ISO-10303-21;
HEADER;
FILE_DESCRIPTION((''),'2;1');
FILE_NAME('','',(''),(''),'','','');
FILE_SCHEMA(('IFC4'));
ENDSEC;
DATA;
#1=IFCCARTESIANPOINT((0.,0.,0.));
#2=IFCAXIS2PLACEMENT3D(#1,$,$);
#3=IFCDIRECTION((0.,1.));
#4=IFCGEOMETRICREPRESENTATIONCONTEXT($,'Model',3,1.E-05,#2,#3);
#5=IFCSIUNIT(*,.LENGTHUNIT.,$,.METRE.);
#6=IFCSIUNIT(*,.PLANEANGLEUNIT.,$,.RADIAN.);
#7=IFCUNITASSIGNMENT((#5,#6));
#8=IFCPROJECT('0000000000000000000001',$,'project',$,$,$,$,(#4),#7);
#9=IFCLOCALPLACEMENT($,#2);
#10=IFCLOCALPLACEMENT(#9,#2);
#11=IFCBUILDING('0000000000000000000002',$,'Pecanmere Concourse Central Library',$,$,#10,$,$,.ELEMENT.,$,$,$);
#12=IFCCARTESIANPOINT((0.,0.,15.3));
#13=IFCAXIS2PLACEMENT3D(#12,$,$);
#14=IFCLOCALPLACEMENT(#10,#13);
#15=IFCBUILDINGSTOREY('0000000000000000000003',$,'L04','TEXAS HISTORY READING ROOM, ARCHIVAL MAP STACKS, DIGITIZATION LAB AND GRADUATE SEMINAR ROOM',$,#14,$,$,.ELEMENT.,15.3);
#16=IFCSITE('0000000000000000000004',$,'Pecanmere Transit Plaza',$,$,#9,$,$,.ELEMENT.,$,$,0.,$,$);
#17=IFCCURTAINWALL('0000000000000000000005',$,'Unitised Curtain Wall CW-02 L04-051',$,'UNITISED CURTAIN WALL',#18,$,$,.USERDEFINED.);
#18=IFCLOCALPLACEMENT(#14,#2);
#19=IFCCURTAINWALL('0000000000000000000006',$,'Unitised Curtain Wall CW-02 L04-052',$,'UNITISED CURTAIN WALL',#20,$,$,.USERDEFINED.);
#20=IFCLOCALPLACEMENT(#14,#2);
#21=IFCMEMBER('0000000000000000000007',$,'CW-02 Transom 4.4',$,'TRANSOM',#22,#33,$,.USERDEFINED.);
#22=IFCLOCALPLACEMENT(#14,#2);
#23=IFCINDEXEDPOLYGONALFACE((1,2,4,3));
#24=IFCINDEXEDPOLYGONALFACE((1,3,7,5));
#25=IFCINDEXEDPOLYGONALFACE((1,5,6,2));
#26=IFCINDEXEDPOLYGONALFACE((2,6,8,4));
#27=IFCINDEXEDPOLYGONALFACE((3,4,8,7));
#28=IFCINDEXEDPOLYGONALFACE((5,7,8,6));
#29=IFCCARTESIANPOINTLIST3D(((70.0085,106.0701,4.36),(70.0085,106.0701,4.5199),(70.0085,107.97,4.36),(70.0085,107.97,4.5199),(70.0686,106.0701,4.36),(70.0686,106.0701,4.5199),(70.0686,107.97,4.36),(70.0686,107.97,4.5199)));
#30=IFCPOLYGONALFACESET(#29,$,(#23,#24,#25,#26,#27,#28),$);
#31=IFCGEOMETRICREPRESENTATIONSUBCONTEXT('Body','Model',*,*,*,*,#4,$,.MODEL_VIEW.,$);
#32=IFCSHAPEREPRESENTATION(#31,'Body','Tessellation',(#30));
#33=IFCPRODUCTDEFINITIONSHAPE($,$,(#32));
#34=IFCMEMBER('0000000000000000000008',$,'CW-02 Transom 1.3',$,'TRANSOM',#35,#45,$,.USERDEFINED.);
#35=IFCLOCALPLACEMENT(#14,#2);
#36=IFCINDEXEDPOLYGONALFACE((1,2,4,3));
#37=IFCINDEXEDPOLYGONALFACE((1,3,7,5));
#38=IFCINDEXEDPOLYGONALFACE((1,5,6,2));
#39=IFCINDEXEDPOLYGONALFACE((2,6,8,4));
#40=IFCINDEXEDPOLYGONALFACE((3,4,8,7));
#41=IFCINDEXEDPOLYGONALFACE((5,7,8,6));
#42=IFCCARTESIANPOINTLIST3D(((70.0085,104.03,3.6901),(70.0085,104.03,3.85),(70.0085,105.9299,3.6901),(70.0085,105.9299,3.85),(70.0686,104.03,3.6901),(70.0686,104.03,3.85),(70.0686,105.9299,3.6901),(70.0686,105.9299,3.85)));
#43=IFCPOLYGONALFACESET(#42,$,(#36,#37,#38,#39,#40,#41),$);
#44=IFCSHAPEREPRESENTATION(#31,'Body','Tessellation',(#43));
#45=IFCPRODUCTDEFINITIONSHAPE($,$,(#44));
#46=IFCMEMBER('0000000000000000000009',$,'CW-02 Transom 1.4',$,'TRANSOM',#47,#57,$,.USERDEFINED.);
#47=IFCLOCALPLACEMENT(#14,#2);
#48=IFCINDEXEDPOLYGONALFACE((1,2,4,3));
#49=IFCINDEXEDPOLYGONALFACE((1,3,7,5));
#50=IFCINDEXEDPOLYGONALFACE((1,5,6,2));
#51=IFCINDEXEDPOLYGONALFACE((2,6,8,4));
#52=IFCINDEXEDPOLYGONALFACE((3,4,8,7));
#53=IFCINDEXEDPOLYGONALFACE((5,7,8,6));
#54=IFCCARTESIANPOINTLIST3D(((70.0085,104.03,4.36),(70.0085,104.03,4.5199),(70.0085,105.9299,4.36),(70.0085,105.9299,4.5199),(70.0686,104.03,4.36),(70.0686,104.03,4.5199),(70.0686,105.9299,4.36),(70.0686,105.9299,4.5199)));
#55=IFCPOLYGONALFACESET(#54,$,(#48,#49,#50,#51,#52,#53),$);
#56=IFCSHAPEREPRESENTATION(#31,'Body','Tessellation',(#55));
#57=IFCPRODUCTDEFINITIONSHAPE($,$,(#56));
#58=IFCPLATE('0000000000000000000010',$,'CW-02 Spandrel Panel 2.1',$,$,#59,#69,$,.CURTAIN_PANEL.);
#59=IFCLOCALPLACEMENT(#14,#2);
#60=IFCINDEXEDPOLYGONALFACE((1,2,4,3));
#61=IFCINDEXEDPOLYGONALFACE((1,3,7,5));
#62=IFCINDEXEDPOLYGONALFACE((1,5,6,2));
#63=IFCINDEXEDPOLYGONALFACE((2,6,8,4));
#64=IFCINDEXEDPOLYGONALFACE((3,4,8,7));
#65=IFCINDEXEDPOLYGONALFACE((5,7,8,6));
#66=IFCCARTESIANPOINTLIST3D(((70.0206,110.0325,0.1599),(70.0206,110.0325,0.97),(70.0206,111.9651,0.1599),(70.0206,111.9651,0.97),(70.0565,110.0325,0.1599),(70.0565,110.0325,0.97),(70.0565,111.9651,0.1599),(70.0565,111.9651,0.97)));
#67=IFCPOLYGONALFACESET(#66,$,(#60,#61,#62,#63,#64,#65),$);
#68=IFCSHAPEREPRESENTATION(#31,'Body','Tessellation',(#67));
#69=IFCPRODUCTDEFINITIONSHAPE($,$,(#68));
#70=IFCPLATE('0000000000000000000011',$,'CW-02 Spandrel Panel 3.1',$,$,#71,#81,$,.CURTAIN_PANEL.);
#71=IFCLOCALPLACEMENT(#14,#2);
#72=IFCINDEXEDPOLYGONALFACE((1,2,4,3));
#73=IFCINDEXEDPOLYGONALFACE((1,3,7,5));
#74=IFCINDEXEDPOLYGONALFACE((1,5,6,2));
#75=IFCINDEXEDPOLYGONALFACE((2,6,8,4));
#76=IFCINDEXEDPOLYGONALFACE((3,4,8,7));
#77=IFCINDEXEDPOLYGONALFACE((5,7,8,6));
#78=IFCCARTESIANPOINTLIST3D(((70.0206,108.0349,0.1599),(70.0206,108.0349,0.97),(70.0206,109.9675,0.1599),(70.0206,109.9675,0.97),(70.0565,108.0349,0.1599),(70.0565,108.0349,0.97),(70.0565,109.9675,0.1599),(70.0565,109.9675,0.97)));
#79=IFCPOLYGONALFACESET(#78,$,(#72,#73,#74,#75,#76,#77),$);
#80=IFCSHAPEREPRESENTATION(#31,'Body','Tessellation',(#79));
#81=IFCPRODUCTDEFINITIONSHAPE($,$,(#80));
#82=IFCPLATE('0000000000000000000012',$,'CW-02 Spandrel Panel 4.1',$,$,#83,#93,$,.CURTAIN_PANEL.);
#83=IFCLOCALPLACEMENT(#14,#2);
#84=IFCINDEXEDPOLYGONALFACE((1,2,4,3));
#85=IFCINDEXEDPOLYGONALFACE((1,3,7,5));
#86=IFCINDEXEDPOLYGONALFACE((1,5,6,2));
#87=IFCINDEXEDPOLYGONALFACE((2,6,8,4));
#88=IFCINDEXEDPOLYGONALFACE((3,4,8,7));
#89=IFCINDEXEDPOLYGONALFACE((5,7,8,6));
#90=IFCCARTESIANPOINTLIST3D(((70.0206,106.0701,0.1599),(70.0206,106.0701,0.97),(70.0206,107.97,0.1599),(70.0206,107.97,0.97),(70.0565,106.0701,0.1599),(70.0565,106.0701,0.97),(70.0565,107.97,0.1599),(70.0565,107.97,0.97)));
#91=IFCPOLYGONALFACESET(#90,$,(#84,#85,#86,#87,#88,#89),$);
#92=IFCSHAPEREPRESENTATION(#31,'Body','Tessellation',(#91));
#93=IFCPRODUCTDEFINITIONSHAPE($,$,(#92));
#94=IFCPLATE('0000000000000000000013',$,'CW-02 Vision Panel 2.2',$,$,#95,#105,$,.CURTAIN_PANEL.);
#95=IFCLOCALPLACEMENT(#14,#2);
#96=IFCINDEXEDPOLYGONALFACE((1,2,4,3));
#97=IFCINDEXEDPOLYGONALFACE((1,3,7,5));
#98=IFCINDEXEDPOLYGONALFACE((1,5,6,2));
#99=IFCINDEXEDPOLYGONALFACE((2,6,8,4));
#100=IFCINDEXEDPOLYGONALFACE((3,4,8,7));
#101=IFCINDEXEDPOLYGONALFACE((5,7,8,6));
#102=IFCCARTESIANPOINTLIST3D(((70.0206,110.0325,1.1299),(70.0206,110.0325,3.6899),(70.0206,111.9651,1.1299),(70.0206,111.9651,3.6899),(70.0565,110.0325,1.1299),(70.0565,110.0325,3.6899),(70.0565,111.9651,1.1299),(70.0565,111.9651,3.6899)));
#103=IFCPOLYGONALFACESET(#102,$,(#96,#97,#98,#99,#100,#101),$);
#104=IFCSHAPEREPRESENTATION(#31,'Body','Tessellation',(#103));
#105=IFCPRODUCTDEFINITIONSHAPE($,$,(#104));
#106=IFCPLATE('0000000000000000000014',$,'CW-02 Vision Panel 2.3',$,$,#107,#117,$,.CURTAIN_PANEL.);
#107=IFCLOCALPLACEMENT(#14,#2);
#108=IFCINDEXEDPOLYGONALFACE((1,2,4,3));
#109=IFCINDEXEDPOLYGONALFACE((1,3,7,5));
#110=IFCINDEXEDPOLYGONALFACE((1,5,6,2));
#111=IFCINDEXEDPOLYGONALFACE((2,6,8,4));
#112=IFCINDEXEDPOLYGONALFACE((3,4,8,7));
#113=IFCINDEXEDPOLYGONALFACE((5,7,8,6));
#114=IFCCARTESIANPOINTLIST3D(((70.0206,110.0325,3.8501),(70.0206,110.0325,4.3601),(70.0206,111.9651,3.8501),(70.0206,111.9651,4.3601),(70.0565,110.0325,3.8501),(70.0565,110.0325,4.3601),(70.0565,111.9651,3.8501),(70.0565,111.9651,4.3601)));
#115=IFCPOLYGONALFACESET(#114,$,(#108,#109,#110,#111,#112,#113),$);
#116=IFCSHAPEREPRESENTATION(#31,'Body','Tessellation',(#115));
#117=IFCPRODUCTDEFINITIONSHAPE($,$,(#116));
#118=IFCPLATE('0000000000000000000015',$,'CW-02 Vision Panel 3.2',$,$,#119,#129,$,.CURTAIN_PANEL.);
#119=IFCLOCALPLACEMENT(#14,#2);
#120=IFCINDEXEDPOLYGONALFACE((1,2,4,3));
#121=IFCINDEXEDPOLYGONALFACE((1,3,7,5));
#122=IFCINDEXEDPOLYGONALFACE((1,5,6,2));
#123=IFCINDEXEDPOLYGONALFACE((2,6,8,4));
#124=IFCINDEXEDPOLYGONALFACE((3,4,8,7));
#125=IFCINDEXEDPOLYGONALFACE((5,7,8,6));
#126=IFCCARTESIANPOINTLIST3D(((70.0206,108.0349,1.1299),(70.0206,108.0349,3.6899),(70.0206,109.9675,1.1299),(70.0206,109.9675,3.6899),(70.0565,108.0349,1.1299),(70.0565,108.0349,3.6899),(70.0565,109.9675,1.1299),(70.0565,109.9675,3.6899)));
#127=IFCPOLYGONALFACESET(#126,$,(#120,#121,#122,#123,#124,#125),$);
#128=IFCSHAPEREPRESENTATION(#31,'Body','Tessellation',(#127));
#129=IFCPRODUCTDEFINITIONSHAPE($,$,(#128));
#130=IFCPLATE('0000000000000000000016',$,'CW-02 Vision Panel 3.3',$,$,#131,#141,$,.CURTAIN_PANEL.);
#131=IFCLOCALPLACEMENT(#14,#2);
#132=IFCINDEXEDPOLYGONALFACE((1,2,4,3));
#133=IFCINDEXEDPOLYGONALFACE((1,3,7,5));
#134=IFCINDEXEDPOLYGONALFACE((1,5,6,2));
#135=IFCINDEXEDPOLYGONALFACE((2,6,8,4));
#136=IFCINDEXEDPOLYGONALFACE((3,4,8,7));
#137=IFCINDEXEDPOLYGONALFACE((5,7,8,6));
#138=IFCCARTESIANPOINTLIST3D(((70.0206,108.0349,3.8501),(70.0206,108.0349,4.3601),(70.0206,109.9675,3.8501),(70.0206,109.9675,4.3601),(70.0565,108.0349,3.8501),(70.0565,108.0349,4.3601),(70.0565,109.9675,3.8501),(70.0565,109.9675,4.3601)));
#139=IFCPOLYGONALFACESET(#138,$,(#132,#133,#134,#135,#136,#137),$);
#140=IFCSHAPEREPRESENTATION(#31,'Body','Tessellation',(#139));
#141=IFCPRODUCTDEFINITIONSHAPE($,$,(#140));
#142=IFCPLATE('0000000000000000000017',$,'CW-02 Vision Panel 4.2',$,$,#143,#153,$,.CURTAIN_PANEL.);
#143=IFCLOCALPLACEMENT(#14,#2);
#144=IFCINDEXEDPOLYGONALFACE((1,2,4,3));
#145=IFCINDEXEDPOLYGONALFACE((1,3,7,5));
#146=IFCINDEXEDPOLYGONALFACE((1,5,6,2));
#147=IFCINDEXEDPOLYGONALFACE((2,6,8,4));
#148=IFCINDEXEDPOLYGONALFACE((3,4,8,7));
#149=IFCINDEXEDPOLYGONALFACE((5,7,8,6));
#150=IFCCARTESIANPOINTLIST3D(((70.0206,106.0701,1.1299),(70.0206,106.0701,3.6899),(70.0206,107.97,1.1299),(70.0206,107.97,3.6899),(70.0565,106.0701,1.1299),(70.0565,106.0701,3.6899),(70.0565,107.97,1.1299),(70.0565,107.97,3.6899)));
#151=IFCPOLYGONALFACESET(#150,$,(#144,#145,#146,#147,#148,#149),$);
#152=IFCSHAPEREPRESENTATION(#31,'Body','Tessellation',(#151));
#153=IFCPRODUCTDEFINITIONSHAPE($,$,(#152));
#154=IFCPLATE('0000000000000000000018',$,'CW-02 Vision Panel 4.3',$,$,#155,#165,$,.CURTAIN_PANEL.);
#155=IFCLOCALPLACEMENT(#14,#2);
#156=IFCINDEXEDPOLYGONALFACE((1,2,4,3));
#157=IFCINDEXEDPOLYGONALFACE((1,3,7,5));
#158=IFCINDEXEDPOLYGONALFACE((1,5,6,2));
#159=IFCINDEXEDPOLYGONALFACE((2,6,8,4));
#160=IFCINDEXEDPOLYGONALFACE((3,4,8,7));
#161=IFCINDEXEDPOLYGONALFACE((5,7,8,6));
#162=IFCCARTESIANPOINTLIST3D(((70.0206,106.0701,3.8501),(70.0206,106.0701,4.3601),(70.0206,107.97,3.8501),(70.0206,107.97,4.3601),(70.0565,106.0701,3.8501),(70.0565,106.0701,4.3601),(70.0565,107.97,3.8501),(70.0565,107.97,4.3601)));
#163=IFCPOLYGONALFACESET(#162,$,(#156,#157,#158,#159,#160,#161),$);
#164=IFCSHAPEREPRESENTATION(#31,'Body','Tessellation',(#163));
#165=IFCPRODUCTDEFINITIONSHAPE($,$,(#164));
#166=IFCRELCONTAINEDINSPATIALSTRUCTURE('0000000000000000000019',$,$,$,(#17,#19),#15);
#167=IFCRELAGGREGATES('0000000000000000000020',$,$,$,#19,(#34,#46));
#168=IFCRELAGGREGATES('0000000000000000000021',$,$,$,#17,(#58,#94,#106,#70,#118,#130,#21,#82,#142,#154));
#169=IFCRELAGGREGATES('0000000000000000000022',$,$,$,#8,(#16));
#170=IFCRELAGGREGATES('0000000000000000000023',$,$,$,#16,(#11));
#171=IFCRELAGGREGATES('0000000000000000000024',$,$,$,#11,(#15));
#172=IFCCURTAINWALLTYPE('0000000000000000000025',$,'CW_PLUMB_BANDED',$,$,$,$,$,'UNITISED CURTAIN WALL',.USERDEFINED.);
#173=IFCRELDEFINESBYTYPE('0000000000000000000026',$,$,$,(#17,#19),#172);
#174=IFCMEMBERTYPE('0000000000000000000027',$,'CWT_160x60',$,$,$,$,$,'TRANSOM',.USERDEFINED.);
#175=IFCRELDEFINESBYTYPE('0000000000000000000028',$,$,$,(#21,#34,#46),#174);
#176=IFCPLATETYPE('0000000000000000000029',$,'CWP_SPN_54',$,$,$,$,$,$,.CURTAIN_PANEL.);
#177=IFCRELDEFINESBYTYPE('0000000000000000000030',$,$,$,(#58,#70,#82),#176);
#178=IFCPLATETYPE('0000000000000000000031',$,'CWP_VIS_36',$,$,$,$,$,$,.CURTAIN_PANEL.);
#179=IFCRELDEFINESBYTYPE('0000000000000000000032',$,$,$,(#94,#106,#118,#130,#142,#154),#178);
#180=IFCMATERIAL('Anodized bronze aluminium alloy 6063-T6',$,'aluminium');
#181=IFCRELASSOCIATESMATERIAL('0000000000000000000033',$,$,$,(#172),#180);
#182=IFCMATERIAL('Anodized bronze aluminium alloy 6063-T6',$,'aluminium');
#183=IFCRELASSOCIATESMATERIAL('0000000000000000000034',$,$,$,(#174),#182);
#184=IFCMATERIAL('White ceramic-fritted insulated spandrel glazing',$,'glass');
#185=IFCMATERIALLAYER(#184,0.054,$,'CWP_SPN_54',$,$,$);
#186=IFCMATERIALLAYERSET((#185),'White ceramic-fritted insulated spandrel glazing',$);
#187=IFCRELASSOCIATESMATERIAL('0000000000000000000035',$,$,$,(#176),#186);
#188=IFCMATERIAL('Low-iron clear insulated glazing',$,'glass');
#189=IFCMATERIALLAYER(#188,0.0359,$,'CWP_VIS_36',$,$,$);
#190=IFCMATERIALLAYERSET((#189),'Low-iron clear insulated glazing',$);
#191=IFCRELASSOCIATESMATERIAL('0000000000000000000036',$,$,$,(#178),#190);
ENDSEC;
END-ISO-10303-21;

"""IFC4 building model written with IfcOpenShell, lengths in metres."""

from ifc_helpers import new_model, si_unit, direction, frame, origin, origin_2d, place, context, subcontext, project, spatial, rectangle, extrude, material, layer, layer_set, material_profile, profile_set, type_object, element, aggregate, save


model = new_model("IFC4")

# Units and contexts
model_context = context("Model", 3, precision=1e-05, world=origin(), true_north=direction((0.0, 1.0)))
body_context = subcontext(model_context, "Body", "Model", "MODEL_VIEW")
ifc_project = project(units=[si_unit("LENGTHUNIT", "METRE"), si_unit("PLANEANGLEUNIT", "RADIAN")], contexts=[model_context])

# Site, building, storey
site_placement = place(None, origin())
site = spatial("IfcSite", under=ifc_project, at=site_placement, Name="Pecanmere Transit Plaza", CompositionType="ELEMENT", RefElevation=0.0)
building_placement = place(site_placement, origin())
building = spatial("IfcBuilding", under=site, at=building_placement, Name="Pecanmere Concourse Central Library", CompositionType="ELEMENT")
storey_placement = place(building_placement, frame((0.0, 0.0, 15.3)))
storey = spatial("IfcBuildingStorey", under=building, at=storey_placement, Name="L04", Description="TEXAS HISTORY READING ROOM, ARCHIVAL MAP STACKS, DIGITIZATION LAB AND GRADUATE SEMINAR ROOM", CompositionType="ELEMENT", Elevation=15.3)

# Curtain wall
ifc_material_1 = material(Name="Anodized bronze aluminium alloy 6063-T6", Category="aluminium")
curtain_wall_type = type_object("IfcCurtainWallType", Name="CW_PLUMB_BANDED", ElementType="UNITISED CURTAIN WALL", PredefinedType="USERDEFINED", material=ifc_material_1)
curtain_wall_1_placement = place(storey_placement, origin())
curtain_wall_1 = element("IfcCurtainWall", 1, at=curtain_wall_1_placement, inside=storey, type_object=curtain_wall_type, Name="Unitised Curtain Wall CW-02 L04-051", ObjectType="UNITISED CURTAIN WALL", PredefinedType="USERDEFINED")

# Curtain wall
curtain_wall_2_placement = place(storey_placement, origin())
curtain_wall_2 = element("IfcCurtainWall", 2, at=curtain_wall_2_placement, inside=storey, type_object=curtain_wall_type, Name="Unitised Curtain Wall CW-02 L04-052", ObjectType="UNITISED CURTAIN WALL", PredefinedType="USERDEFINED")

# Members
ifc_material_2 = material(Name="Anodized bronze aluminium alloy 6063-T6", Category="aluminium")
ifc_material_profile_1 = material_profile(ifc_material_2, rectangle(XDim=0.0601, YDim=0.1599, at=origin_2d()), Name="AL 60x160")
ifc_profile_set_1 = profile_set([ifc_material_profile_1], Name="Anodized bronze aluminium alloy 6063-T6")
member_type_1 = type_object("IfcMemberType", Name="CWT_160x60", ElementType="TRANSOM", PredefinedType="USERDEFINED", material=ifc_profile_set_1)
member_1_placement = place(storey_placement, frame((70.0386, 107.97, 4.4399), z_axis=(0.0, -1.0, 0.0), x_axis=(1.0, 0.0, 0.0)))
member_1 = element("IfcMember", 3, at=member_1_placement, type_object=member_type_1, Name="CW-02 Transom 4.4", ObjectType="TRANSOM", PredefinedType="USERDEFINED", context=body_context, shape_type="SweptSolid", body=[
    extrude(rectangle(XDim=0.0601, YDim=0.1599, at=origin_2d()), origin(), (0.0, 0.0, 1.0), 1.8999),
])
member_2_placement = place(storey_placement, frame((70.0386, 105.9299, 3.77), z_axis=(0.0, -1.0, 0.0), x_axis=(1.0, 0.0, 0.0)))
member_2 = element("IfcMember", 4, at=member_2_placement, type_object=member_type_1, Name="CW-02 Transom 1.3", ObjectType="TRANSOM", PredefinedType="USERDEFINED", context=body_context, shape_type="SweptSolid", body=[
    extrude(rectangle(XDim=0.0601, YDim=0.1599, at=origin_2d()), origin(), (0.0, 0.0, 1.0), 1.8999),
])
member_3_placement = place(storey_placement, frame((70.0386, 105.9299, 4.4399), z_axis=(0.0, -1.0, 0.0), x_axis=(1.0, 0.0, 0.0)))
member_3 = element("IfcMember", 5, at=member_3_placement, type_object=member_type_1, Name="CW-02 Transom 1.4", ObjectType="TRANSOM", PredefinedType="USERDEFINED", context=body_context, shape_type="SweptSolid", body=[
    extrude(rectangle(XDim=0.0601, YDim=0.1599, at=origin_2d()), origin(), (0.0, 0.0, 1.0), 1.8999),
])
aggregate(curtain_wall_2, [member_2, member_3])

# Plates
ifc_material_3 = material(Name="White ceramic-fritted insulated spandrel glazing", Category="glass")
ifc_layer_1 = layer(ifc_material_3, 0.054, Name="CWP_SPN_54")
ifc_layer_set_1 = layer_set([ifc_layer_1], Name="White ceramic-fritted insulated spandrel glazing")
plate_type_1 = type_object("IfcPlateType", Name="CWP_SPN_54", PredefinedType="CURTAIN_PANEL", material=ifc_layer_set_1)
plate_1_placement = place(storey_placement, frame((70.0386, 110.9988, 0.1599), z_axis=(0.0, 0.0, 1.0), x_axis=(0.0, -1.0, 0.0)))
plate_1 = element("IfcPlate", 6, at=plate_1_placement, type_object=plate_type_1, Name="CW-02 Spandrel Panel 2.1", PredefinedType="CURTAIN_PANEL", context=body_context, shape_type="SweptSolid", body=[
    extrude(rectangle(XDim=1.9326, YDim=0.0359, at=origin_2d()), origin(), (0.0, 0.0, 1.0), 0.8101),
])
plate_2_placement = place(storey_placement, frame((70.0386, 109.0012, 0.1599), z_axis=(0.0, 0.0, 1.0), x_axis=(0.0, -1.0, 0.0)))
plate_2 = element("IfcPlate", 7, at=plate_2_placement, type_object=plate_type_1, Name="CW-02 Spandrel Panel 3.1", PredefinedType="CURTAIN_PANEL", context=body_context, shape_type="SweptSolid", body=[
    extrude(rectangle(XDim=1.9326, YDim=0.0359, at=origin_2d()), origin(), (0.0, 0.0, 1.0), 0.8101),
])
plate_3_placement = place(storey_placement, frame((70.0386, 107.02, 0.1599), z_axis=(0.0, 0.0, 1.0), x_axis=(0.0, -1.0, 0.0)))
plate_3 = element("IfcPlate", 8, at=plate_3_placement, type_object=plate_type_1, Name="CW-02 Spandrel Panel 4.1", PredefinedType="CURTAIN_PANEL", context=body_context, shape_type="SweptSolid", body=[
    extrude(rectangle(XDim=1.8999, YDim=0.0359, at=origin_2d()), origin(), (0.0, 0.0, 1.0), 0.8101),
])
ifc_material_4 = material(Name="Low-iron clear insulated glazing", Category="glass")
ifc_layer_2 = layer(ifc_material_4, 0.0359, Name="CWP_VIS_36")
ifc_layer_set_2 = layer_set([ifc_layer_2], Name="Low-iron clear insulated glazing")
plate_type_2 = type_object("IfcPlateType", Name="CWP_VIS_36", PredefinedType="CURTAIN_PANEL", material=ifc_layer_set_2)
plate_4_placement = place(storey_placement, frame((70.0386, 110.9988, 1.1299), z_axis=(0.0, 0.0, 1.0), x_axis=(0.0, -1.0, 0.0)))
plate_4 = element("IfcPlate", 9, at=plate_4_placement, type_object=plate_type_2, Name="CW-02 Vision Panel 2.2", PredefinedType="CURTAIN_PANEL", context=body_context, shape_type="SweptSolid", body=[
    extrude(rectangle(XDim=1.9326, YDim=0.0359, at=origin_2d()), origin(), (0.0, 0.0, 1.0), 2.5601),
])
plate_5_placement = place(storey_placement, frame((70.0386, 110.9988, 3.8501), z_axis=(0.0, 0.0, 1.0), x_axis=(0.0, -1.0, 0.0)))
plate_5 = element("IfcPlate", 10, at=plate_5_placement, type_object=plate_type_2, Name="CW-02 Vision Panel 2.3", PredefinedType="CURTAIN_PANEL", context=body_context, shape_type="SweptSolid", body=[
    extrude(rectangle(XDim=1.9326, YDim=0.0359, at=origin_2d()), origin(), (0.0, 0.0, 1.0), 0.51),
])
plate_6_placement = place(storey_placement, frame((70.0386, 109.0012, 1.1299), z_axis=(0.0, 0.0, 1.0), x_axis=(0.0, -1.0, 0.0)))
plate_6 = element("IfcPlate", 11, at=plate_6_placement, type_object=plate_type_2, Name="CW-02 Vision Panel 3.2", PredefinedType="CURTAIN_PANEL", context=body_context, shape_type="SweptSolid", body=[
    extrude(rectangle(XDim=1.9326, YDim=0.0359, at=origin_2d()), origin(), (0.0, 0.0, 1.0), 2.5601),
])
plate_7_placement = place(storey_placement, frame((70.0386, 109.0012, 3.8501), z_axis=(0.0, 0.0, 1.0), x_axis=(0.0, -1.0, 0.0)))
plate_7 = element("IfcPlate", 12, at=plate_7_placement, type_object=plate_type_2, Name="CW-02 Vision Panel 3.3", PredefinedType="CURTAIN_PANEL", context=body_context, shape_type="SweptSolid", body=[
    extrude(rectangle(XDim=1.9326, YDim=0.0359, at=origin_2d()), origin(), (0.0, 0.0, 1.0), 0.51),
])
plate_8_placement = place(storey_placement, frame((70.0386, 107.02, 1.1299), z_axis=(0.0, 0.0, 1.0), x_axis=(0.0, -1.0, 0.0)))
plate_8 = element("IfcPlate", 13, at=plate_8_placement, type_object=plate_type_2, Name="CW-02 Vision Panel 4.2", PredefinedType="CURTAIN_PANEL", context=body_context, shape_type="SweptSolid", body=[
    extrude(rectangle(XDim=1.8999, YDim=0.0359, at=origin_2d()), origin(), (0.0, 0.0, 1.0), 2.5601),
])
plate_9_placement = place(storey_placement, frame((70.0386, 107.02, 3.8501), z_axis=(0.0, 0.0, 1.0), x_axis=(0.0, -1.0, 0.0)))
plate_9 = element("IfcPlate", 14, at=plate_9_placement, type_object=plate_type_2, Name="CW-02 Vision Panel 4.3", PredefinedType="CURTAIN_PANEL", context=body_context, shape_type="SweptSolid", body=[
    extrude(rectangle(XDim=1.8999, YDim=0.0359, at=origin_2d()), origin(), (0.0, 0.0, 1.0), 0.51),
])
aggregate(curtain_wall_1, [plate_1, plate_4, plate_5, plate_2, plate_6, plate_7, member_1, plate_3, plate_8, plate_9])

save(model, "model.ifc")
